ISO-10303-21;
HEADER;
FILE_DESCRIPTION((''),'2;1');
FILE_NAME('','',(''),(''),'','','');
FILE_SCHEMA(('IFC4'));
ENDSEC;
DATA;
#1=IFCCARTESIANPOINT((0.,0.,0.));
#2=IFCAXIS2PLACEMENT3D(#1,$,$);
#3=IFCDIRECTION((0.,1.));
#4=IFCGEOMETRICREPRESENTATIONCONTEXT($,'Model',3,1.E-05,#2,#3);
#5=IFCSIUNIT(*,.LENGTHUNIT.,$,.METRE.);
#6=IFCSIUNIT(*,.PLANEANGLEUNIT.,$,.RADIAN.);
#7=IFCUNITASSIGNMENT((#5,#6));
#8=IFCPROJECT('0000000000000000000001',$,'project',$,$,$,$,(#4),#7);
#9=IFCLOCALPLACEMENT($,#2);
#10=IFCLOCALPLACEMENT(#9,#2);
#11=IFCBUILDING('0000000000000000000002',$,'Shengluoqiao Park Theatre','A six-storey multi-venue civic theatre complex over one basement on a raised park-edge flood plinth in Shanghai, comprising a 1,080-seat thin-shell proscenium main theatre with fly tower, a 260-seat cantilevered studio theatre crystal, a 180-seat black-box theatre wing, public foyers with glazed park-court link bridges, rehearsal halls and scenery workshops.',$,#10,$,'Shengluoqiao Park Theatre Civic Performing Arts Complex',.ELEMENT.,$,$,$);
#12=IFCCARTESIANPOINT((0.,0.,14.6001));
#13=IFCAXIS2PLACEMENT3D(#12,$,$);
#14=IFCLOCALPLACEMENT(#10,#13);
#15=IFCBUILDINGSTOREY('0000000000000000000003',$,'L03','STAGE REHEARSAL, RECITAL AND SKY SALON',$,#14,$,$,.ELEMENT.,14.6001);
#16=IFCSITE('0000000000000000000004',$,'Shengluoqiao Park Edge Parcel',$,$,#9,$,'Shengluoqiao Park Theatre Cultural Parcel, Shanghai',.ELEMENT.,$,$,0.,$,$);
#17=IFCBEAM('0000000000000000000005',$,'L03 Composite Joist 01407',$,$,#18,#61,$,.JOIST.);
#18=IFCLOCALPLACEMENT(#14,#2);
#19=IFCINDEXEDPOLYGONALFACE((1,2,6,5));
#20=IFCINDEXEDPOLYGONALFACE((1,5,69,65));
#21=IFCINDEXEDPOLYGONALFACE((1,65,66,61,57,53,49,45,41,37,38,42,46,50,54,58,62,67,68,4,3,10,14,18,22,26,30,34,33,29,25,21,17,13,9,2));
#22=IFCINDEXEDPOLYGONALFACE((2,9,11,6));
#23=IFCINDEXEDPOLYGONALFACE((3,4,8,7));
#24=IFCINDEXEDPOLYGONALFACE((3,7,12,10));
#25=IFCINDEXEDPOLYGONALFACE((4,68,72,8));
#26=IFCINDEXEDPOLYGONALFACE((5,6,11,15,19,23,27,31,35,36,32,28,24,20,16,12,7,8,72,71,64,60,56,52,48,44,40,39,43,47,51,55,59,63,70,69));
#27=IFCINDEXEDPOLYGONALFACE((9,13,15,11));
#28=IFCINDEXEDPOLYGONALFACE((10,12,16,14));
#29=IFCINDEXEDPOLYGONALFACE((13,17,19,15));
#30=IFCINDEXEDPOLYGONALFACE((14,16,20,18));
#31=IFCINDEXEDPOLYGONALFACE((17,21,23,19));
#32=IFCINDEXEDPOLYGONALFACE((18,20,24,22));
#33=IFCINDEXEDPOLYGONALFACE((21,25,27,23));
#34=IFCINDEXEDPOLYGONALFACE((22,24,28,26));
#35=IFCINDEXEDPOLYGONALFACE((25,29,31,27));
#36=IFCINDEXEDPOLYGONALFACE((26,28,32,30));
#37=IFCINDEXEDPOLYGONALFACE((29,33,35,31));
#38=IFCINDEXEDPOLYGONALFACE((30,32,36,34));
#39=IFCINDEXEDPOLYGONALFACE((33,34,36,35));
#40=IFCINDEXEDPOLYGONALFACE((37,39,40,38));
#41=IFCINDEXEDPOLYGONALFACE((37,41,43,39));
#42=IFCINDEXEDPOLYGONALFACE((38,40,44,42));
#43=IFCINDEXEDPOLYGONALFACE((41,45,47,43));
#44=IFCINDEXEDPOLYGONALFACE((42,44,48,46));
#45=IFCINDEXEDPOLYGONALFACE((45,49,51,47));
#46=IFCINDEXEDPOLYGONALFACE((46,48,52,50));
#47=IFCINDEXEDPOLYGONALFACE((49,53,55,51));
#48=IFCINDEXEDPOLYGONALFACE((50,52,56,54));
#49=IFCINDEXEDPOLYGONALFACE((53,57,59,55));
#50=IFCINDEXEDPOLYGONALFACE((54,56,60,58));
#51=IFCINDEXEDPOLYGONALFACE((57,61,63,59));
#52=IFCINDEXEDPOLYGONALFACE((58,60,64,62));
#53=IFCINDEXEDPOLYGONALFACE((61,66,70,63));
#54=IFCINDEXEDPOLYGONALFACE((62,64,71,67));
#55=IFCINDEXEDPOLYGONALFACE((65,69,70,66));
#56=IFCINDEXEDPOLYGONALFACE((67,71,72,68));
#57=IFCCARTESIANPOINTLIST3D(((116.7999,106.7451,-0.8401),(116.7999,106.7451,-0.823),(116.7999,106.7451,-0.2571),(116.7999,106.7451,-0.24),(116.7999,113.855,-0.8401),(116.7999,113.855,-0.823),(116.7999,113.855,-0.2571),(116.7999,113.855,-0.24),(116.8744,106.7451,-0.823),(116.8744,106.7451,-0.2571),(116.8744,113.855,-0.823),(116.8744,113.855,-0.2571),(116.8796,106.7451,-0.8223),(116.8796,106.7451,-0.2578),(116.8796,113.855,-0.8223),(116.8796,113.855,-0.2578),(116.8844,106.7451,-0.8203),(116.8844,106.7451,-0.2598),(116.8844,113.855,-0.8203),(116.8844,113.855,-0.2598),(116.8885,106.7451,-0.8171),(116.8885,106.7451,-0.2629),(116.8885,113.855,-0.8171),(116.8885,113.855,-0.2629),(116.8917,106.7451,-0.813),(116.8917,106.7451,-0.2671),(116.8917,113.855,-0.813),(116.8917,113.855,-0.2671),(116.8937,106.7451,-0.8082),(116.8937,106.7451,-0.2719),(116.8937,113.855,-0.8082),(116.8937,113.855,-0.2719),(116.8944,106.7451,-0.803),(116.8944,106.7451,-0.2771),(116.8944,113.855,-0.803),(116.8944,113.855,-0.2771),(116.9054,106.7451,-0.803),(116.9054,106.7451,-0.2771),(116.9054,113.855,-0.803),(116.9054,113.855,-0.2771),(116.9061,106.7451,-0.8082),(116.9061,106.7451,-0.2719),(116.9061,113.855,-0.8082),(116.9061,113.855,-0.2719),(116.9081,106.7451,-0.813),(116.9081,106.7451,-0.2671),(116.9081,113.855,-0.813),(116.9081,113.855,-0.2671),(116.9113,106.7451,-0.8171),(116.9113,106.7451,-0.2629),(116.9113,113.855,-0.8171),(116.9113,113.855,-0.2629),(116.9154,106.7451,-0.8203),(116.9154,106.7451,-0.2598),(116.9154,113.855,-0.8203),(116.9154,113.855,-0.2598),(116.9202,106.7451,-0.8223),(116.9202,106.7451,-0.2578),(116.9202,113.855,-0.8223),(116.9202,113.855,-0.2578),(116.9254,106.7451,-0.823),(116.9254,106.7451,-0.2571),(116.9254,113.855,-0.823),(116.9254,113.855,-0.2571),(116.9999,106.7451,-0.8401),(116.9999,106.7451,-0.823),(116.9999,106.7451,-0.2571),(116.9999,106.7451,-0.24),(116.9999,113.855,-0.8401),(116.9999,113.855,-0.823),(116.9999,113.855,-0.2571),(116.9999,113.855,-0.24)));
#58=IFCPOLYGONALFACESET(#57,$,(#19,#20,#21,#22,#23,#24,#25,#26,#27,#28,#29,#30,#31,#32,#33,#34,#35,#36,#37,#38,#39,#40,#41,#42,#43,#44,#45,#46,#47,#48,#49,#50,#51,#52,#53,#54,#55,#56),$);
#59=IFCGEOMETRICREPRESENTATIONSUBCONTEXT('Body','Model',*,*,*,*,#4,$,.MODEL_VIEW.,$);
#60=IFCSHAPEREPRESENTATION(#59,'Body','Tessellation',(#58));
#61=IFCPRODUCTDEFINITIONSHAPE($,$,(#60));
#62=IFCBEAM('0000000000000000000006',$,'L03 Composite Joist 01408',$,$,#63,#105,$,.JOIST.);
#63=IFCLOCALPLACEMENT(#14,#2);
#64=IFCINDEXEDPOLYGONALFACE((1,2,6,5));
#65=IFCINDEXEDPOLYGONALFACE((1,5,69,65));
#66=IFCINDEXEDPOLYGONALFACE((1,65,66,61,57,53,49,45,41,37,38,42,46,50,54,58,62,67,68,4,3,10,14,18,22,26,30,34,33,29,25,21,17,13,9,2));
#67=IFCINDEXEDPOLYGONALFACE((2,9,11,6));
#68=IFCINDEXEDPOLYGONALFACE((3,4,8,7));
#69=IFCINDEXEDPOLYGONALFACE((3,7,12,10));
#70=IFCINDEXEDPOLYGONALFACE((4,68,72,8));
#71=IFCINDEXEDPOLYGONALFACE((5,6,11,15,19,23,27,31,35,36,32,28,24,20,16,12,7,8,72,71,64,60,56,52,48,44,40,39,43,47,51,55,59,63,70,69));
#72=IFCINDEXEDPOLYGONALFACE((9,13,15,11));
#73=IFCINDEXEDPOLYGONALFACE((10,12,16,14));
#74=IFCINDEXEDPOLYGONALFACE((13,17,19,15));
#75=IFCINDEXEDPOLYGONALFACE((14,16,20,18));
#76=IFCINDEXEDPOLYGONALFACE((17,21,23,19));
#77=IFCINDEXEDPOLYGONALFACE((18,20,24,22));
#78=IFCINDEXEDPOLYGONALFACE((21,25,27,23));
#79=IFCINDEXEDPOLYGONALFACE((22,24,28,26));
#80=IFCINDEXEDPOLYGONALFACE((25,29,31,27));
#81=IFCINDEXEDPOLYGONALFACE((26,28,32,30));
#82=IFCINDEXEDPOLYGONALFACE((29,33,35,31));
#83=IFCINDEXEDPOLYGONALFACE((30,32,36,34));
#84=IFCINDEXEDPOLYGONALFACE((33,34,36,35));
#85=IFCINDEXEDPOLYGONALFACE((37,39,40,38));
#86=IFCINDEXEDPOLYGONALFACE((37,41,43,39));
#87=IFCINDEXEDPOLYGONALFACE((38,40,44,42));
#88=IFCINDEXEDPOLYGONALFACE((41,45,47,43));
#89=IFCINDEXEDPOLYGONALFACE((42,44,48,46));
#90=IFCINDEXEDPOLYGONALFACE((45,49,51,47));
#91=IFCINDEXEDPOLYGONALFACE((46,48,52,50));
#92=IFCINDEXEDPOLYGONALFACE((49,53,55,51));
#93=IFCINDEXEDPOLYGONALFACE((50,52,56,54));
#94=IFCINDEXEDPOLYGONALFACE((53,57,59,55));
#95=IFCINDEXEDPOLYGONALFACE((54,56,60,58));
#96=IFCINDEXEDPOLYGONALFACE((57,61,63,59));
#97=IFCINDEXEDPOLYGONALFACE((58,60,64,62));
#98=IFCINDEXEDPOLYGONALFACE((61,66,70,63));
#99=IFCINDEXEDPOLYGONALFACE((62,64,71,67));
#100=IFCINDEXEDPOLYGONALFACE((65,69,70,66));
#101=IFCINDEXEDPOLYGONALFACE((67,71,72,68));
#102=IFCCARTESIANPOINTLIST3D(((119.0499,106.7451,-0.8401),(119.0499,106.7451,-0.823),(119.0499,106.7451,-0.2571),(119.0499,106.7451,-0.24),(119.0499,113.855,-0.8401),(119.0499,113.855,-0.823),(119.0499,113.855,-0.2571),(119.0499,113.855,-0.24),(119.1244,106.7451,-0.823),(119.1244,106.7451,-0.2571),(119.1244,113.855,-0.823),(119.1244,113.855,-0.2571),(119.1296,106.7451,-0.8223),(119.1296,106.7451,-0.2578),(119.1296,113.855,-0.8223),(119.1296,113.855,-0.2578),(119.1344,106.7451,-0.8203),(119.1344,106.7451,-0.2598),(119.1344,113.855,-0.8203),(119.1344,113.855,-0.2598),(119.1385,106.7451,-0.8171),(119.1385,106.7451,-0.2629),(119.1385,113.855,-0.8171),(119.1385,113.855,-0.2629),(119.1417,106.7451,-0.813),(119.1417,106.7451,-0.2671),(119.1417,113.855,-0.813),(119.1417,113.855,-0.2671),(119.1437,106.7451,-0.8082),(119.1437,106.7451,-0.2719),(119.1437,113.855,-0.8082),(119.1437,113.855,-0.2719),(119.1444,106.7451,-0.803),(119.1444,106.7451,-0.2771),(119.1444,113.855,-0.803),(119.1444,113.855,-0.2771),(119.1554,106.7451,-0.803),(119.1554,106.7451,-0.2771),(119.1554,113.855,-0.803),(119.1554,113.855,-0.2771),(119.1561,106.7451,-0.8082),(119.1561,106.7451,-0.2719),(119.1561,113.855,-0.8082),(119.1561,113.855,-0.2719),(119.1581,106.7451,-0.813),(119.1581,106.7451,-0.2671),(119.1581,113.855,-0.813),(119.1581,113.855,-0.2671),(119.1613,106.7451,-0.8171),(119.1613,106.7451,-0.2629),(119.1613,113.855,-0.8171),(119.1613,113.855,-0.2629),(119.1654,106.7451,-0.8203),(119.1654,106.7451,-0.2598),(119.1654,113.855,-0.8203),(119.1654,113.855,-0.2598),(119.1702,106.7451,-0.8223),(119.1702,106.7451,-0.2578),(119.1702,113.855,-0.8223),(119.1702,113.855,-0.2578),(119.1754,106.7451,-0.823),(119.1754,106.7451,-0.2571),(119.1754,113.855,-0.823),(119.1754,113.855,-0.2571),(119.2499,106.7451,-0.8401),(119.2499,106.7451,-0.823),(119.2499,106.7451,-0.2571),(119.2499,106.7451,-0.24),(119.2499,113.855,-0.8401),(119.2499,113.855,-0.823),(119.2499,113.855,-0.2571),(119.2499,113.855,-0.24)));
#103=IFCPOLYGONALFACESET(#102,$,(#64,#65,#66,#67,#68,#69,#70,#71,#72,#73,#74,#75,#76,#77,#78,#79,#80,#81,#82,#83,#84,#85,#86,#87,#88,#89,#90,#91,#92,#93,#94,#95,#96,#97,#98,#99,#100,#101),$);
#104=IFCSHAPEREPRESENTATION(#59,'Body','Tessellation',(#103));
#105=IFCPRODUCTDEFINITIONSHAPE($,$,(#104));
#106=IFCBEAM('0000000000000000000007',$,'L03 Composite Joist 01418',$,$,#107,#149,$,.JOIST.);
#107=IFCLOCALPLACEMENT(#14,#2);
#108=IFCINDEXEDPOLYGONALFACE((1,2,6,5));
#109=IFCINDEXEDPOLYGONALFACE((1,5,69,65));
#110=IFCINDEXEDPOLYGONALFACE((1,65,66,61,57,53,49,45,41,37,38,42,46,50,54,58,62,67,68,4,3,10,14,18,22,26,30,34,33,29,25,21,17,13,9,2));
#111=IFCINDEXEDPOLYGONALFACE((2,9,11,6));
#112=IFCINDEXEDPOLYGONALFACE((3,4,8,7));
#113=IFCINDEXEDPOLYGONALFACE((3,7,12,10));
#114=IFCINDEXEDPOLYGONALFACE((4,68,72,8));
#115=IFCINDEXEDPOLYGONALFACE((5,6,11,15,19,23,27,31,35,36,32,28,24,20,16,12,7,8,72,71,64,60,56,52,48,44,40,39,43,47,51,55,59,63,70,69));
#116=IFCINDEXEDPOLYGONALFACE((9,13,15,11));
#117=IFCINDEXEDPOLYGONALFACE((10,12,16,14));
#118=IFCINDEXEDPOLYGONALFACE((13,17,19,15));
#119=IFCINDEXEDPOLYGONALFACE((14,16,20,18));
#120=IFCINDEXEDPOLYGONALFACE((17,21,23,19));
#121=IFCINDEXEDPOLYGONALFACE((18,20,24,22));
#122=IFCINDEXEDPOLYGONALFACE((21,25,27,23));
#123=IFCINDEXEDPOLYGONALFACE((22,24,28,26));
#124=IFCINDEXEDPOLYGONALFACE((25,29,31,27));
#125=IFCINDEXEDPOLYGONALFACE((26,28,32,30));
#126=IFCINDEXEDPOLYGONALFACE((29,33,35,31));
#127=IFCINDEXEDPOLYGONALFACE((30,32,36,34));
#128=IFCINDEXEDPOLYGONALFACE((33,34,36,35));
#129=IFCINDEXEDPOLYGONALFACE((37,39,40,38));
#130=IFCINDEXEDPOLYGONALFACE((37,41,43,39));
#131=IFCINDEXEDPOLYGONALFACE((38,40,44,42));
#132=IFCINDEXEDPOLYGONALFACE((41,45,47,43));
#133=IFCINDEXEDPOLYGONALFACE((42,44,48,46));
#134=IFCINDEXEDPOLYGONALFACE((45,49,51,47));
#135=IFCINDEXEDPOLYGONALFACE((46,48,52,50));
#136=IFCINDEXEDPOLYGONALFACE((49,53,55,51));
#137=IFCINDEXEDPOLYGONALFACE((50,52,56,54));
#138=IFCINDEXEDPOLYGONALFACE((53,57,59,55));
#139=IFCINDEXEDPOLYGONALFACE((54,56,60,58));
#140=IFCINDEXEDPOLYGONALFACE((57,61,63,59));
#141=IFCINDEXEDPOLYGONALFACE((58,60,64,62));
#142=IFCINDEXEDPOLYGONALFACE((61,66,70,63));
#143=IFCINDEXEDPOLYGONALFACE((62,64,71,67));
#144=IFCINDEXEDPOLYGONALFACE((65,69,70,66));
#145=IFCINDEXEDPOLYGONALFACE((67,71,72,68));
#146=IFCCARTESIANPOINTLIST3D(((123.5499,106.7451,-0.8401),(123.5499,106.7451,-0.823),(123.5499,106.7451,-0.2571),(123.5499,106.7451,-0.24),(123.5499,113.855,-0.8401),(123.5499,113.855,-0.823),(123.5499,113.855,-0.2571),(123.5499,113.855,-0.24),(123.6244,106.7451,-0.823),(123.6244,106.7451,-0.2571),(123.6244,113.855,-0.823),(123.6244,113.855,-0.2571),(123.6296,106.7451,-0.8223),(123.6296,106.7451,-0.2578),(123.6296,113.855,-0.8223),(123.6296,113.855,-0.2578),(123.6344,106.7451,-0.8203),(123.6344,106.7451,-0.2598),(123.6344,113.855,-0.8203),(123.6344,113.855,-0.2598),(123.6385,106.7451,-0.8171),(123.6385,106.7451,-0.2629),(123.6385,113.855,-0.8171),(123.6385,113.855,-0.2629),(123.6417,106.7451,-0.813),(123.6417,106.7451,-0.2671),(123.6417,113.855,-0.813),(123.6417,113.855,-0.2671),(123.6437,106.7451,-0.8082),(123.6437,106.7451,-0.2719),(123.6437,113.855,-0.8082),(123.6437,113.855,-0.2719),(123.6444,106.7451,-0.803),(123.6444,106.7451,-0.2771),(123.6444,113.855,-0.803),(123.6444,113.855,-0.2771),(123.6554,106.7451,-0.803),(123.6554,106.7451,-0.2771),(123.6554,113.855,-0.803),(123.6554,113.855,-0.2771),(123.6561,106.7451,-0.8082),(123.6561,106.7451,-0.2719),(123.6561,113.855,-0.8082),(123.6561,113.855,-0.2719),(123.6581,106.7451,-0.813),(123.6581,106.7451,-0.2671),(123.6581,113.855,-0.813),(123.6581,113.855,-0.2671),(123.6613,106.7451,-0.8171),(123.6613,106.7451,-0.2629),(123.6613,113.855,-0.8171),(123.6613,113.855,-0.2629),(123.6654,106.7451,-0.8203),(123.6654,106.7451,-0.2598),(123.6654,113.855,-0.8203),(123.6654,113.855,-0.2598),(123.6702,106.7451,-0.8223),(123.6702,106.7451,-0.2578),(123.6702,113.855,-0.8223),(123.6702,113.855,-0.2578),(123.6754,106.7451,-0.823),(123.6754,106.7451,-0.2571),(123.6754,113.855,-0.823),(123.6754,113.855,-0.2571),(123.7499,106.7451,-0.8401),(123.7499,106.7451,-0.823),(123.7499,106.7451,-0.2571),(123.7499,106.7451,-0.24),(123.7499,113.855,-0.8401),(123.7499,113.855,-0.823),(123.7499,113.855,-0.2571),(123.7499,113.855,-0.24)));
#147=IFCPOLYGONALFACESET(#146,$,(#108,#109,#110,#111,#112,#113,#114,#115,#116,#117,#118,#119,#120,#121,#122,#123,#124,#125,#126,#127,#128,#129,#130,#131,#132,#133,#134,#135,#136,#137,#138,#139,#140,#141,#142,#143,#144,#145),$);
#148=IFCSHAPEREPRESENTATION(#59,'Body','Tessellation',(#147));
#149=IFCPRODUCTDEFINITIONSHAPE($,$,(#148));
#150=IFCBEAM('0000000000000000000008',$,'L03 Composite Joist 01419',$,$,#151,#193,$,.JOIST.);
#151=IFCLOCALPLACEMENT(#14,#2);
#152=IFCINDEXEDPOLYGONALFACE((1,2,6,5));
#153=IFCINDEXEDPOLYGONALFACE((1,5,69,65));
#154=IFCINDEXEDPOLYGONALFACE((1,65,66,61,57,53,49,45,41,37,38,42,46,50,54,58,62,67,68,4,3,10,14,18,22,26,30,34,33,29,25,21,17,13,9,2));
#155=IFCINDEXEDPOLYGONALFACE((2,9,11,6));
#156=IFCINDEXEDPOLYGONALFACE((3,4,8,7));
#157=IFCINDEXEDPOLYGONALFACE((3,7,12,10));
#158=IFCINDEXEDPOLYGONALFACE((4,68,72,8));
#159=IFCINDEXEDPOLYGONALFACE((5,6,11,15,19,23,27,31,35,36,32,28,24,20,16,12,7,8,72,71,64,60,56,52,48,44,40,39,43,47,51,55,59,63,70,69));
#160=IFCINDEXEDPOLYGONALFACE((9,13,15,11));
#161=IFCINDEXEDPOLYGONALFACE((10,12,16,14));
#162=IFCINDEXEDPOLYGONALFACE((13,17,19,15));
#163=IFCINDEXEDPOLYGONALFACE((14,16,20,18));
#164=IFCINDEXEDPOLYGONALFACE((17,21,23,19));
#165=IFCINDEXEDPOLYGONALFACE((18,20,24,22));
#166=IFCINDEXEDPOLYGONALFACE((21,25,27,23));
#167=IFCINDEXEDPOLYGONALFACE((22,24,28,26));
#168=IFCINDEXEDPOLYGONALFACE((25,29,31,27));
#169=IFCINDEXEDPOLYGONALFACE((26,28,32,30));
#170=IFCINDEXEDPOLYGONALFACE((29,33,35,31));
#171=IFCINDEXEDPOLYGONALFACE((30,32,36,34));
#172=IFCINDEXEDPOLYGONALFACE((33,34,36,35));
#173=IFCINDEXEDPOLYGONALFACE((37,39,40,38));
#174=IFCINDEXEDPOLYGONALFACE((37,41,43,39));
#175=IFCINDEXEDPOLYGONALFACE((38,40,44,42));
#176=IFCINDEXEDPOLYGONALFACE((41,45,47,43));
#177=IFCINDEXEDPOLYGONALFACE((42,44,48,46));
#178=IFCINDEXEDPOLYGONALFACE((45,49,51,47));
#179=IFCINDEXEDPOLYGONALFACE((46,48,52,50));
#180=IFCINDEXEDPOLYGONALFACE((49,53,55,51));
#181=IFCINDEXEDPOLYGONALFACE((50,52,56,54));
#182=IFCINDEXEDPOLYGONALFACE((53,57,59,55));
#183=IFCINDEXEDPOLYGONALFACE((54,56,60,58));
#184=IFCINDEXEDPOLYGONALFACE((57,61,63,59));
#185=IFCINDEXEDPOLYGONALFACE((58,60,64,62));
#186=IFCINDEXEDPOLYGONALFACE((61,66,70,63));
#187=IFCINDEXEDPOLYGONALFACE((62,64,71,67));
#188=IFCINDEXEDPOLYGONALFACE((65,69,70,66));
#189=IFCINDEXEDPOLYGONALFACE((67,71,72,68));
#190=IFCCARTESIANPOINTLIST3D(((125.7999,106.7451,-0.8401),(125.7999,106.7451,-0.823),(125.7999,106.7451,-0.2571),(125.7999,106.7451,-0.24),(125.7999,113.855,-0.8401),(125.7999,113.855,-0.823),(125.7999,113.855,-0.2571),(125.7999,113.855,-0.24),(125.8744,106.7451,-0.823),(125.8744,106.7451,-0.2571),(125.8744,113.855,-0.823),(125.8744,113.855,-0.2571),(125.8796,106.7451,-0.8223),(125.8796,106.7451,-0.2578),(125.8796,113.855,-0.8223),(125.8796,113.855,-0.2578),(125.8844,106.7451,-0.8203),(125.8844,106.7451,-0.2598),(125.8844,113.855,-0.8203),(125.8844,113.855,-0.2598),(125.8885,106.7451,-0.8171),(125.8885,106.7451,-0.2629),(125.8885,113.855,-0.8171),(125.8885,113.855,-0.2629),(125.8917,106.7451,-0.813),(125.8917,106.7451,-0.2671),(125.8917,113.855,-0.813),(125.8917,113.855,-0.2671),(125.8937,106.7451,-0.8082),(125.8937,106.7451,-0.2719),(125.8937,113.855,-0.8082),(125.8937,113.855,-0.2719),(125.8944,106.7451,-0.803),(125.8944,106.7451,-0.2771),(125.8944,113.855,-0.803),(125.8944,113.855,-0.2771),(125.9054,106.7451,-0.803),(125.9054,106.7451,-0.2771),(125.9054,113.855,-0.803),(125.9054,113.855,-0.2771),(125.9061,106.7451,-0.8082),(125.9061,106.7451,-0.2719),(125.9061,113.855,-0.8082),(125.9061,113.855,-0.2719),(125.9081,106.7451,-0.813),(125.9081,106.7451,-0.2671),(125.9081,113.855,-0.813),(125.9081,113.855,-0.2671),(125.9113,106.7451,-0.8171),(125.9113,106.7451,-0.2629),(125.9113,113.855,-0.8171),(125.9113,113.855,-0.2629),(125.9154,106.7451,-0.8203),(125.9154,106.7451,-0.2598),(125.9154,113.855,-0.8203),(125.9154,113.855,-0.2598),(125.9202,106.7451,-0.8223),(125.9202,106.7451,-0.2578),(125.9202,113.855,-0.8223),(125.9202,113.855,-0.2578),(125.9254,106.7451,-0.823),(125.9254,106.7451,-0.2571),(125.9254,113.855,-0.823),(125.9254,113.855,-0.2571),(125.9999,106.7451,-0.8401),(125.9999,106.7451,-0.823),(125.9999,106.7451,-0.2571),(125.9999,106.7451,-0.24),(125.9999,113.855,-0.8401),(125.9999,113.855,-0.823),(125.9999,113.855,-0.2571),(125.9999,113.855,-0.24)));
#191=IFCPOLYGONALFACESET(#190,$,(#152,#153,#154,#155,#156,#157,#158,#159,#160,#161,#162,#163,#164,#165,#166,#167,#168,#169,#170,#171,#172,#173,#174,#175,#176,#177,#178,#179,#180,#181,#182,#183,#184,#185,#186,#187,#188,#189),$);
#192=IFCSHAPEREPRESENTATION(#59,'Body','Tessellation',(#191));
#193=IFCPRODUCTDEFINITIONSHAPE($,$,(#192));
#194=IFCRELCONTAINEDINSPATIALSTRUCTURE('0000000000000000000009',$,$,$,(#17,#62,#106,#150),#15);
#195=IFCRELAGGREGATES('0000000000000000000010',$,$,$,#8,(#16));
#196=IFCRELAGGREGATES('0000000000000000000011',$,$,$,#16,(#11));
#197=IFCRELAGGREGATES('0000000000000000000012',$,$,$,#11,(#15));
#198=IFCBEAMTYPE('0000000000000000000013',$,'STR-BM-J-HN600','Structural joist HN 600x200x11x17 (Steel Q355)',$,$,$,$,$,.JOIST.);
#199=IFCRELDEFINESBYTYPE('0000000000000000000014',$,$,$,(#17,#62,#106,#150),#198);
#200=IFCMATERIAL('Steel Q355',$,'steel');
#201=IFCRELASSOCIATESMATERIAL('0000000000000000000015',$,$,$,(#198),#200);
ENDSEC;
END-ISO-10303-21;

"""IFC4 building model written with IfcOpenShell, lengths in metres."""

from ifc_helpers import new_model, si_unit, direction, frame, origin, origin_2d, place, context, subcontext, project, spatial, i_section, extrude, material, material_profile, profile_set, type_object, element, save


model = new_model("IFC4")

# Units and contexts
model_context = context("Model", 3, precision=1e-05, world=origin(), true_north=direction((0.0, 1.0)))
body_context = subcontext(model_context, "Body", "Model", "MODEL_VIEW")
ifc_project = project(units=[si_unit("LENGTHUNIT", "METRE"), si_unit("PLANEANGLEUNIT", "RADIAN")], contexts=[model_context])

# Site, building, storey
site_placement = place(None, origin())
site = spatial("IfcSite", under=ifc_project, at=site_placement, Name="Shengluoqiao Park Edge Parcel", LongName="Shengluoqiao Park Theatre Cultural Parcel, Shanghai", CompositionType="ELEMENT", RefElevation=0.0)
building_placement = place(site_placement, origin())
building = spatial("IfcBuilding", under=site, at=building_placement, Name="Shengluoqiao Park Theatre", Description="A six-storey multi-venue civic theatre complex over one basement on a raised park-edge flood plinth in Shanghai, comprising a 1,080-seat thin-shell proscenium main theatre with fly tower, a 260-seat cantilevered studio theatre crystal, a 180-seat black-box theatre wing, public foyers with glazed park-court link bridges, rehearsal halls and scenery workshops.", LongName="Shengluoqiao Park Theatre Civic Performing Arts Complex", CompositionType="ELEMENT")
storey_placement = place(building_placement, frame((0.0, 0.0, 14.6001)))
storey = spatial("IfcBuildingStorey", under=building, at=storey_placement, Name="L03", Description="STAGE REHEARSAL, RECITAL AND SKY SALON", CompositionType="ELEMENT", Elevation=14.6001)

# Beams
ifc_material_1 = material(Name="Steel Q355", Category="steel")
ifc_material_profile_1 = material_profile(ifc_material_1, i_section(OverallWidth=0.2, OverallDepth=0.6001, WebThickness=0.011, FlangeThickness=0.0171, FilletRadius=0.02, at=origin_2d()), Name="HN 600x200x11x17")
ifc_profile_set_1 = profile_set([ifc_material_profile_1], Name="Steel Q355")
beam_type_1 = type_object("IfcBeamType", Name="STR-BM-J-HN600", Description="Structural joist HN 600x200x11x17 (Steel Q355)", PredefinedType="JOIST", material=ifc_profile_set_1)
for number, where, z_axis, x_axis, name in (
    (1, (116.8999, 106.7451, -0.54), (0.0, 1.0, 0.0), (-1.0, 0.0, 0.0), "L03 Composite Joist 01407"),
    (2, (119.1499, 106.7451, -0.54), (0.0, 1.0, 0.0), (-1.0, 0.0, 0.0), "L03 Composite Joist 01408"),
    (3, (123.6499, 106.7451, -0.54), (0.0, 1.0, 0.0), (-1.0, 0.0, 0.0), "L03 Composite Joist 01418"),
    (4, (125.8999, 106.7451, -0.54), (0.0, 1.0, 0.0), (-1.0, 0.0, 0.0), "L03 Composite Joist 01419"),
):
    element("IfcBeam", number, at=place(storey_placement, frame(where, z_axis=z_axis, x_axis=x_axis)), inside=storey, type_object=beam_type_1, Name=name, PredefinedType="JOIST", context=body_context, shape_type="SweptSolid", body=[
        extrude(i_section(OverallWidth=0.2, OverallDepth=0.6001, WebThickness=0.011, FlangeThickness=0.0171, FilletRadius=0.02, at=origin_2d()), origin(), (0.0, 0.0, 1.0), 7.1099),
    ])

save(model, "model.ifc")
